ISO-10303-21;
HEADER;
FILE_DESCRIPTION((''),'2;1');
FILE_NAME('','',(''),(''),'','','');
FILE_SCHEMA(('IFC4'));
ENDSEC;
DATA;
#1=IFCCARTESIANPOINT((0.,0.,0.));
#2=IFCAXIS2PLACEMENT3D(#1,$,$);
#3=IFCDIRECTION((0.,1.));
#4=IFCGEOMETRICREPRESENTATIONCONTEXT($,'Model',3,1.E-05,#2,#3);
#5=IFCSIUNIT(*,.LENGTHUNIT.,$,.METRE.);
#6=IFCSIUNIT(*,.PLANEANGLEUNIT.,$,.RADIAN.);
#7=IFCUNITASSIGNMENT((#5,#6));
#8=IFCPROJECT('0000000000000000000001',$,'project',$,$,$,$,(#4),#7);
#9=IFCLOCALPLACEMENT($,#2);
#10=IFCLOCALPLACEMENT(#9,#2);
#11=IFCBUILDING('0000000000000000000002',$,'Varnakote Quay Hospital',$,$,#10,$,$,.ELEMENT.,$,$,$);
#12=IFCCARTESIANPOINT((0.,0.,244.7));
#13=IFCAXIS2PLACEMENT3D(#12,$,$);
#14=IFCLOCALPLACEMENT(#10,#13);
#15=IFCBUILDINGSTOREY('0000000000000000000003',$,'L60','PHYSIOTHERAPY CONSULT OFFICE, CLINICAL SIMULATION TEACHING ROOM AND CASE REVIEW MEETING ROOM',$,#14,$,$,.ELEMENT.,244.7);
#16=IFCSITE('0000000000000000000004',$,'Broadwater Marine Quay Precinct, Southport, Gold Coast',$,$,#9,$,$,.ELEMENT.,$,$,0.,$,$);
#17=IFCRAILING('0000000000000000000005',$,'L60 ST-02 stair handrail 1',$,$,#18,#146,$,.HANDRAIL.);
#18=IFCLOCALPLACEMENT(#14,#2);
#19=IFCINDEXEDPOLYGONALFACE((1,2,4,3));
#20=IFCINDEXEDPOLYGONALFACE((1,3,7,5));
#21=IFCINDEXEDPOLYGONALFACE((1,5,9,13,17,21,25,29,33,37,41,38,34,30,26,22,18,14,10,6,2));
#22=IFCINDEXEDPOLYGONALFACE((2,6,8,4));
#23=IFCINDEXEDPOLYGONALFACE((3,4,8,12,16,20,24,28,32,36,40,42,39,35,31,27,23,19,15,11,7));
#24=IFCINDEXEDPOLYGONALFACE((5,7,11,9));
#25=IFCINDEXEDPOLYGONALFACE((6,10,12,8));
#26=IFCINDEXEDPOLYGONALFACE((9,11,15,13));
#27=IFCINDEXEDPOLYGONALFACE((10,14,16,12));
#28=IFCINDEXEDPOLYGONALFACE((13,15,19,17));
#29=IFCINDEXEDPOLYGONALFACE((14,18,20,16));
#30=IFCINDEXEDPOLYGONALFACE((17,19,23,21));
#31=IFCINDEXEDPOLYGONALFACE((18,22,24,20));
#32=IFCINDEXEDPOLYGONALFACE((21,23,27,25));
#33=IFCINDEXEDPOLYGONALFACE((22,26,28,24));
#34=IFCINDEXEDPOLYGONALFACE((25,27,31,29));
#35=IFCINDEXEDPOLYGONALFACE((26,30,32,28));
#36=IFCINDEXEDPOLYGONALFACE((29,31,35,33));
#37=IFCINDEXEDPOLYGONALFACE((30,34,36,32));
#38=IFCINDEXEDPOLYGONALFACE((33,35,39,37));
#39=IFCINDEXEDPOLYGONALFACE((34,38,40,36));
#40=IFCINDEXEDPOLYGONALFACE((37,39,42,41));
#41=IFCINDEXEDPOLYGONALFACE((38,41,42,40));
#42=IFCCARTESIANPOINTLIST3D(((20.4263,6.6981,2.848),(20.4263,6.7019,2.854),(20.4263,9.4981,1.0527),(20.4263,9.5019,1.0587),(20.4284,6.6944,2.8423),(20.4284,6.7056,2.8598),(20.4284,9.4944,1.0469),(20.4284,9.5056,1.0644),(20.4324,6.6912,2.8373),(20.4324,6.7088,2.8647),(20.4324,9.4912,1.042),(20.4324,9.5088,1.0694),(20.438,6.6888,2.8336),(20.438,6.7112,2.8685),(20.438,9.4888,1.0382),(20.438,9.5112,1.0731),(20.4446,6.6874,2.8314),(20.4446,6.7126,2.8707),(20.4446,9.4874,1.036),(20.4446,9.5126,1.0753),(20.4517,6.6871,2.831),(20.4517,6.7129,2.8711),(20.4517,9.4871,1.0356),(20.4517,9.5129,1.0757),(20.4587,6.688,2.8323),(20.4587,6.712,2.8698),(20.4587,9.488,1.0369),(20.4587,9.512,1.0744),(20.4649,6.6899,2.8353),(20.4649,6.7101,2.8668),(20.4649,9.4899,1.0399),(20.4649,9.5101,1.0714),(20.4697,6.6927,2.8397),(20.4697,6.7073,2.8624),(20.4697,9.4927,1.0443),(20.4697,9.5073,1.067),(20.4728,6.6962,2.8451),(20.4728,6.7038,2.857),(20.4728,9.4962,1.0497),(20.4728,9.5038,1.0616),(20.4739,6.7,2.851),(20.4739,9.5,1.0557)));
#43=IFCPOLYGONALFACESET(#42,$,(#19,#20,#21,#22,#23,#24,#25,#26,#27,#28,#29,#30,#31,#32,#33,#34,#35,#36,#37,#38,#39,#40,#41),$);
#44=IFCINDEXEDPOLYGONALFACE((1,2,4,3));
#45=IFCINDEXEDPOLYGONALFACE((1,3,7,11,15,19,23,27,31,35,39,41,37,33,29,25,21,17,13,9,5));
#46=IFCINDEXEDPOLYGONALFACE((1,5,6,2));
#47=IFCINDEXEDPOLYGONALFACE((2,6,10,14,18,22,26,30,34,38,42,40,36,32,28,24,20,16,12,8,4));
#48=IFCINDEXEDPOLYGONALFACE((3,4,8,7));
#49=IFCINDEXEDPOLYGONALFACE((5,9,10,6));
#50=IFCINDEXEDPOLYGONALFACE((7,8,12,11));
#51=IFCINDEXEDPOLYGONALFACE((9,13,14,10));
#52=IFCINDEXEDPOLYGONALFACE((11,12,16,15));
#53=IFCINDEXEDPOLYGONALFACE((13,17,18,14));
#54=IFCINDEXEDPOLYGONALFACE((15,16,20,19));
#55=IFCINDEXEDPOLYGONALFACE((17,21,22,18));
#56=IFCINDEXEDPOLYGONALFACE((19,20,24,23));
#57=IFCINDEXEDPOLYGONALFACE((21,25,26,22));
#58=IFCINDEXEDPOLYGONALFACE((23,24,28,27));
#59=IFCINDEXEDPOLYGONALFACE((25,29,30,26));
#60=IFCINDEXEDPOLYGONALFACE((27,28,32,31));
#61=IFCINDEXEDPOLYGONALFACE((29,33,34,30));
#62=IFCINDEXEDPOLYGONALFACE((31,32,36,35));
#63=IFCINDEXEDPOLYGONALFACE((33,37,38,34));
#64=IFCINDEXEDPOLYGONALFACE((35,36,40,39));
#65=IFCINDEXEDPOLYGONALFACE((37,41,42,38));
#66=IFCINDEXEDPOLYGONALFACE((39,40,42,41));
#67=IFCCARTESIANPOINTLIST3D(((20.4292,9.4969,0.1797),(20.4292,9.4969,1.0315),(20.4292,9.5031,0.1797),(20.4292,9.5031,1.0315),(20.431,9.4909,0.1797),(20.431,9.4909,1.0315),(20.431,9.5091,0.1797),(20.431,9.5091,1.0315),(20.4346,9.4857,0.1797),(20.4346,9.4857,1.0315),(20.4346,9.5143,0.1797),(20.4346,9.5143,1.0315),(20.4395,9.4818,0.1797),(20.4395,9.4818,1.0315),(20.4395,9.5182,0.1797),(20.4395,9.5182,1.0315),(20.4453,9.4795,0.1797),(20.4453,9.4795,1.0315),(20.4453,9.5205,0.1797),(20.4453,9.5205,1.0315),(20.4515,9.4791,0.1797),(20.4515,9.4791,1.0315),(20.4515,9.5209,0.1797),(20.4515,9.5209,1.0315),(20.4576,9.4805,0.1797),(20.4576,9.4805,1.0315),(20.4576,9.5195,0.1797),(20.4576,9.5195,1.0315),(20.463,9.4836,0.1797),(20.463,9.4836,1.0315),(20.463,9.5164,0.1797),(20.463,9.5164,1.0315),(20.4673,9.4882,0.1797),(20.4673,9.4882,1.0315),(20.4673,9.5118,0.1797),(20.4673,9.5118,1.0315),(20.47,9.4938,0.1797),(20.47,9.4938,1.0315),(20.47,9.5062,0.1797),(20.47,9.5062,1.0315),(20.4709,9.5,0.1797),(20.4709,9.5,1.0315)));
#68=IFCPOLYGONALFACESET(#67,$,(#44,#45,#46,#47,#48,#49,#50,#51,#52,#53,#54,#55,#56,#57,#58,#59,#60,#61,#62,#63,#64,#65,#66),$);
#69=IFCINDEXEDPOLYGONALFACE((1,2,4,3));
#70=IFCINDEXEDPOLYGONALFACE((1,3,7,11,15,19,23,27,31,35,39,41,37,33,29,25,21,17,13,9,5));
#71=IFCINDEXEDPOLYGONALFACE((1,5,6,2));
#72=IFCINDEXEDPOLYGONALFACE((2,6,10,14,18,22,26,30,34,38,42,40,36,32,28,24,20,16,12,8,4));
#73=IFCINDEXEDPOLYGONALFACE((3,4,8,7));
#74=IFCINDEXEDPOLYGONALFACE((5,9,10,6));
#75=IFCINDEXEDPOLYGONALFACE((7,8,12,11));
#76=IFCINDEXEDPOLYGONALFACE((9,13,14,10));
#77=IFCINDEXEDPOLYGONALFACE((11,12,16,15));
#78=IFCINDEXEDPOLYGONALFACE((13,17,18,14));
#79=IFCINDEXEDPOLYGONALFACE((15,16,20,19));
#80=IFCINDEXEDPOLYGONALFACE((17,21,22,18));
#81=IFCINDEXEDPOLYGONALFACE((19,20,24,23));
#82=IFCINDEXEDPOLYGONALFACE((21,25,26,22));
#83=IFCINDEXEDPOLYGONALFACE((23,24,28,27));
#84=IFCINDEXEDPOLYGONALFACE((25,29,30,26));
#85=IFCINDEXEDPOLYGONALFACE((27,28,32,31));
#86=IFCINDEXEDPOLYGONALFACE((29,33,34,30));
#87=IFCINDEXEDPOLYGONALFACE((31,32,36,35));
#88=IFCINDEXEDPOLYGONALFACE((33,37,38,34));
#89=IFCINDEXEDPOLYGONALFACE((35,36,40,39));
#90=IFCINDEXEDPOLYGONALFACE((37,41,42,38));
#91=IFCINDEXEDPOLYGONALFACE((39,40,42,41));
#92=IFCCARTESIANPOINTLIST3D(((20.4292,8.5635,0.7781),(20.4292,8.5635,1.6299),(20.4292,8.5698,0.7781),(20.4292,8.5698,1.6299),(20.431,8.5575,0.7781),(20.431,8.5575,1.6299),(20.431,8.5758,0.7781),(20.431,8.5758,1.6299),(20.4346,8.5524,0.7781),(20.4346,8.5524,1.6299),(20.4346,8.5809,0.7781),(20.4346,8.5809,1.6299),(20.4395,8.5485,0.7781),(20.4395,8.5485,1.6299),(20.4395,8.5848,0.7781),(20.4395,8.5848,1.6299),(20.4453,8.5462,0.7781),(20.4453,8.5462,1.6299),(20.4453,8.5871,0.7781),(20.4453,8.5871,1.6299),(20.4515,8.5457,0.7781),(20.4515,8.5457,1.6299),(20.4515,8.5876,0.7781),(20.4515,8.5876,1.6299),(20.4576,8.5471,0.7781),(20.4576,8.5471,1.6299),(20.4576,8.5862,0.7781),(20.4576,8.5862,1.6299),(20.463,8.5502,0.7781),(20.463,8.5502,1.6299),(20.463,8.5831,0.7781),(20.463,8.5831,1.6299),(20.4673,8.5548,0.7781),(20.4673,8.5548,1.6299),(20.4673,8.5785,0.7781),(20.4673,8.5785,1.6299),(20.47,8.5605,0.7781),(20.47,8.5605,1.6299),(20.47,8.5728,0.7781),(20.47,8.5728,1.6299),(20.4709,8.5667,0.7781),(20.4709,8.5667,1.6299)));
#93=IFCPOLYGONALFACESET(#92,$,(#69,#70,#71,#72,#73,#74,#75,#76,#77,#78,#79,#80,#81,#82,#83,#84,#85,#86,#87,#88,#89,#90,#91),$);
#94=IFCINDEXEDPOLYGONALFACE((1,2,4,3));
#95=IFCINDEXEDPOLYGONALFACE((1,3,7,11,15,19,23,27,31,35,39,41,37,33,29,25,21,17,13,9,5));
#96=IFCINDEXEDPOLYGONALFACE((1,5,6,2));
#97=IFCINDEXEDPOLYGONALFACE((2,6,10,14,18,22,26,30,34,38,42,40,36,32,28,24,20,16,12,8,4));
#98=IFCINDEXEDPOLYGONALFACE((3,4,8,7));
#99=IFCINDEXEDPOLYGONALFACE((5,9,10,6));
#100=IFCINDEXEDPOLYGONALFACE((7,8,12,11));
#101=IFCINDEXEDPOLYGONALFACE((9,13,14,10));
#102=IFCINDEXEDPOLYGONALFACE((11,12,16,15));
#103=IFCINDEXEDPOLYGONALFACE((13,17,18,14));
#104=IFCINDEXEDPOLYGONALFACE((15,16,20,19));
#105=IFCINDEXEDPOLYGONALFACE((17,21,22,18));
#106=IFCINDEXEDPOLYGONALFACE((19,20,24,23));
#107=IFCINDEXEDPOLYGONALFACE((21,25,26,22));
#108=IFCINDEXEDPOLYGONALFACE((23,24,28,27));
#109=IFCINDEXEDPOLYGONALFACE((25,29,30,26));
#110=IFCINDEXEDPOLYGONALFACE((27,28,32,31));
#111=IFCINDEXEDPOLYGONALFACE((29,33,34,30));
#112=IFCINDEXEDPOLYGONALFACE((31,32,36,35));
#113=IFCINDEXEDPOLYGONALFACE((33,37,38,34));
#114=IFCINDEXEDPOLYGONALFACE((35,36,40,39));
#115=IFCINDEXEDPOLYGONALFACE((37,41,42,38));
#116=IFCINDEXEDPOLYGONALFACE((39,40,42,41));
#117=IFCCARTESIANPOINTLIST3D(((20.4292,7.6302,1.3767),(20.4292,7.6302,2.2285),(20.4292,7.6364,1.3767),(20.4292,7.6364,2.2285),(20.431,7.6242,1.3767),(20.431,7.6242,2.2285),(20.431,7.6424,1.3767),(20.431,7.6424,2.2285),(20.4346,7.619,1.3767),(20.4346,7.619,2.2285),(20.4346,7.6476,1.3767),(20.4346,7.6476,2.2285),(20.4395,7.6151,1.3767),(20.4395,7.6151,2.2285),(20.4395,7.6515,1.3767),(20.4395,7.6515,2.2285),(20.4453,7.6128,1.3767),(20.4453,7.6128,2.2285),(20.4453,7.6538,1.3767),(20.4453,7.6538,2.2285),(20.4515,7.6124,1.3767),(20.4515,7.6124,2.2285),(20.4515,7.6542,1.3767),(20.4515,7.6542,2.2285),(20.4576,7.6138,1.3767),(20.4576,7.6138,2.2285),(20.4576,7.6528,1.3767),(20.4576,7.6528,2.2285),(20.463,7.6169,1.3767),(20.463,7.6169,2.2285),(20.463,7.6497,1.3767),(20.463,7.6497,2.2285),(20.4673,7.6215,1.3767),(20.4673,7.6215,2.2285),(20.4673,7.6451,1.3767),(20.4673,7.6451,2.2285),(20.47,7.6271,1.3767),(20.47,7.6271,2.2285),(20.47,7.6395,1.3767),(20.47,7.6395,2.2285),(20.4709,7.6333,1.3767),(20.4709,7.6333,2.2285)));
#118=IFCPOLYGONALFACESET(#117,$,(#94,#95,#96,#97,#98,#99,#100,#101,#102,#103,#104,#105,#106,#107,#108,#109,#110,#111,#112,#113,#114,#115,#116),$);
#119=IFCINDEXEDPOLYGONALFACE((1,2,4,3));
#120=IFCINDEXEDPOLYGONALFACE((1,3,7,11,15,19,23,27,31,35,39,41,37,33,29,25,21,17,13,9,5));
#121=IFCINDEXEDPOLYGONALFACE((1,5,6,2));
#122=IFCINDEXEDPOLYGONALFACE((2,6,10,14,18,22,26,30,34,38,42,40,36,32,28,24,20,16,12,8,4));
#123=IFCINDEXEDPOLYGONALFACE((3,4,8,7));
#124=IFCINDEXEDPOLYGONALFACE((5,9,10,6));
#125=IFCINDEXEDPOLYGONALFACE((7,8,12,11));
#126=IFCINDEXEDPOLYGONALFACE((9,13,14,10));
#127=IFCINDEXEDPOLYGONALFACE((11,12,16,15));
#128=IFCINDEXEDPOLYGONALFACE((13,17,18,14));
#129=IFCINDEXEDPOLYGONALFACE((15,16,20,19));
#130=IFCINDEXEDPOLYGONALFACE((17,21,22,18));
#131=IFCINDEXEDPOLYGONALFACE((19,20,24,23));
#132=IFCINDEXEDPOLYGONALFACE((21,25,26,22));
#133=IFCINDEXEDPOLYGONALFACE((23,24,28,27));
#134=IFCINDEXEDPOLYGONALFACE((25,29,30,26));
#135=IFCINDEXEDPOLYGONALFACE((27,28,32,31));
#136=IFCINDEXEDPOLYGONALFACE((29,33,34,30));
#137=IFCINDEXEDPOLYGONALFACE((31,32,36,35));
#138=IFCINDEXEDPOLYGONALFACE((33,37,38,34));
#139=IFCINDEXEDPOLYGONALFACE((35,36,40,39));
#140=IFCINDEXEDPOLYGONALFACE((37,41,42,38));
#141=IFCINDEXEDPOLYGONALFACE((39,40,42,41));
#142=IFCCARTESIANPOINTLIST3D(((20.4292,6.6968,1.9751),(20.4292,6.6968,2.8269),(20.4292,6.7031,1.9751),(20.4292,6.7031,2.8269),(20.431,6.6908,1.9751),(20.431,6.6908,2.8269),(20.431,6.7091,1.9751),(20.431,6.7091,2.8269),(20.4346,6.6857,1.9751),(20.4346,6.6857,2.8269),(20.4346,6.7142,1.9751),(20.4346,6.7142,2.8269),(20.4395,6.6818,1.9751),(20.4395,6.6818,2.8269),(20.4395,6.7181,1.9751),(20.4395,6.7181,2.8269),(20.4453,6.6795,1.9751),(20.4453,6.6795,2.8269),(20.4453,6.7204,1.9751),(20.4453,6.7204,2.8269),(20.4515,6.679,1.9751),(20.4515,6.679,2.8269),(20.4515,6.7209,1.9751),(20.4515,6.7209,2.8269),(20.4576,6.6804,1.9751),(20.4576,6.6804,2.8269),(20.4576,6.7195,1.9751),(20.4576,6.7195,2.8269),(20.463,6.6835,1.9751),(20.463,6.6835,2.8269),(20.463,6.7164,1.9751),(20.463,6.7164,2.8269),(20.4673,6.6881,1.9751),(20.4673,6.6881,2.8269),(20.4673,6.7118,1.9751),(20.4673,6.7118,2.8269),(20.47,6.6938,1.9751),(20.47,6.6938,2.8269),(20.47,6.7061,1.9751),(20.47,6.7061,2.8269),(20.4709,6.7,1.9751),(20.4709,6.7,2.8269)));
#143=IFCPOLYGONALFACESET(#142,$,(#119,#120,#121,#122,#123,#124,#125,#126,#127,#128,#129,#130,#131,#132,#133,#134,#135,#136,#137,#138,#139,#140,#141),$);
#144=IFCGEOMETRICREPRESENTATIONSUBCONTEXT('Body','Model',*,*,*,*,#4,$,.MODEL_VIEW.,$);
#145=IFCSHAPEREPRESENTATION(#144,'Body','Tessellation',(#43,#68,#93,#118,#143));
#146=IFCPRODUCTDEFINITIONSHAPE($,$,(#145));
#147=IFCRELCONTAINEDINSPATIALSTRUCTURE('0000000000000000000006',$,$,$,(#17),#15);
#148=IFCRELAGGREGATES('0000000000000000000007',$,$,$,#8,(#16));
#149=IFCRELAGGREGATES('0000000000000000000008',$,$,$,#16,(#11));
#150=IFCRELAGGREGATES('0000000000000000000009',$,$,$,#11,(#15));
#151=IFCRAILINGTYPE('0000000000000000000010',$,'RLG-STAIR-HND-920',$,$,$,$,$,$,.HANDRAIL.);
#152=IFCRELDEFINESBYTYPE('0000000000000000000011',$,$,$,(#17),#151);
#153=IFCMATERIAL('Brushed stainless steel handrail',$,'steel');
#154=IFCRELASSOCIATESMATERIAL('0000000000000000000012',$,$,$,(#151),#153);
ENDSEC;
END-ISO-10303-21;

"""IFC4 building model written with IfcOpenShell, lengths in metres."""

from ifc_helpers import new_model, si_unit, direction, frame, origin, origin_2d, place, context, subcontext, project, spatial, circle, extrude, material, type_object, element, save


model = new_model("IFC4")

# Units and contexts
model_context = context("Model", 3, precision=1e-05, world=origin(), true_north=direction((0.0, 1.0)))
body_context = subcontext(model_context, "Body", "Model", "MODEL_VIEW")
ifc_project = project(units=[si_unit("LENGTHUNIT", "METRE"), si_unit("PLANEANGLEUNIT", "RADIAN")], contexts=[model_context])

# Site, building, storey
site_placement = place(None, origin())
site = spatial("IfcSite", under=ifc_project, at=site_placement, Name="Broadwater Marine Quay Precinct, Southport, Gold Coast", CompositionType="ELEMENT", RefElevation=0.0)
building_placement = place(site_placement, origin())
building = spatial("IfcBuilding", under=site, at=building_placement, Name="Varnakote Quay Hospital", CompositionType="ELEMENT")
storey_placement = place(building_placement, frame((0.0, 0.0, 244.7)))
storey = spatial("IfcBuildingStorey", under=building, at=storey_placement, Name="L60", Description="PHYSIOTHERAPY CONSULT OFFICE, CLINICAL SIMULATION TEACHING ROOM AND CASE REVIEW MEETING ROOM", CompositionType="ELEMENT", Elevation=244.7)

# Railing
ifc_material_1 = material(Name="Brushed stainless steel handrail", Category="steel")
railing_type_1 = type_object("IfcRailingType", Name="RLG-STAIR-HND-920", PredefinedType="HANDRAIL", material=ifc_material_1)
railing_1_placement = place(storey_placement, frame((20.45, 9.5, 0.1797)))
element("IfcRailing", 1, at=railing_1_placement, inside=storey, type_object=railing_type_1, Name="L60 ST-02 stair handrail 1", PredefinedType="HANDRAIL", context=body_context, shape_type="SweptSolid", body=[
    extrude(circle(Radius=0.0239, at=origin_2d()), frame((0.0, 0.0, 0.876), z_axis=(0.0, -0.84181, 0.539774), x_axis=(1.0, 0.0, 0.0)), (0.0, 0.0, 1.0), 3.3262),
    extrude(circle(Radius=0.021, at=origin_2d()), origin(), (0.0, 0.0, 1.0), 0.8518),
    extrude(circle(Radius=0.021, at=origin_2d()), frame((0.0, -0.9333, 0.5984)), (0.0, 0.0, 1.0), 0.8518),
    extrude(circle(Radius=0.021, at=origin_2d()), frame((0.0, -1.8667, 1.197)), (0.0, 0.0, 1.0), 0.8518),
    extrude(circle(Radius=0.021, at=origin_2d()), frame((0.0, -2.8, 1.7954)), (0.0, 0.0, 1.0), 0.8518),
])

save(model, "model.ifc")
